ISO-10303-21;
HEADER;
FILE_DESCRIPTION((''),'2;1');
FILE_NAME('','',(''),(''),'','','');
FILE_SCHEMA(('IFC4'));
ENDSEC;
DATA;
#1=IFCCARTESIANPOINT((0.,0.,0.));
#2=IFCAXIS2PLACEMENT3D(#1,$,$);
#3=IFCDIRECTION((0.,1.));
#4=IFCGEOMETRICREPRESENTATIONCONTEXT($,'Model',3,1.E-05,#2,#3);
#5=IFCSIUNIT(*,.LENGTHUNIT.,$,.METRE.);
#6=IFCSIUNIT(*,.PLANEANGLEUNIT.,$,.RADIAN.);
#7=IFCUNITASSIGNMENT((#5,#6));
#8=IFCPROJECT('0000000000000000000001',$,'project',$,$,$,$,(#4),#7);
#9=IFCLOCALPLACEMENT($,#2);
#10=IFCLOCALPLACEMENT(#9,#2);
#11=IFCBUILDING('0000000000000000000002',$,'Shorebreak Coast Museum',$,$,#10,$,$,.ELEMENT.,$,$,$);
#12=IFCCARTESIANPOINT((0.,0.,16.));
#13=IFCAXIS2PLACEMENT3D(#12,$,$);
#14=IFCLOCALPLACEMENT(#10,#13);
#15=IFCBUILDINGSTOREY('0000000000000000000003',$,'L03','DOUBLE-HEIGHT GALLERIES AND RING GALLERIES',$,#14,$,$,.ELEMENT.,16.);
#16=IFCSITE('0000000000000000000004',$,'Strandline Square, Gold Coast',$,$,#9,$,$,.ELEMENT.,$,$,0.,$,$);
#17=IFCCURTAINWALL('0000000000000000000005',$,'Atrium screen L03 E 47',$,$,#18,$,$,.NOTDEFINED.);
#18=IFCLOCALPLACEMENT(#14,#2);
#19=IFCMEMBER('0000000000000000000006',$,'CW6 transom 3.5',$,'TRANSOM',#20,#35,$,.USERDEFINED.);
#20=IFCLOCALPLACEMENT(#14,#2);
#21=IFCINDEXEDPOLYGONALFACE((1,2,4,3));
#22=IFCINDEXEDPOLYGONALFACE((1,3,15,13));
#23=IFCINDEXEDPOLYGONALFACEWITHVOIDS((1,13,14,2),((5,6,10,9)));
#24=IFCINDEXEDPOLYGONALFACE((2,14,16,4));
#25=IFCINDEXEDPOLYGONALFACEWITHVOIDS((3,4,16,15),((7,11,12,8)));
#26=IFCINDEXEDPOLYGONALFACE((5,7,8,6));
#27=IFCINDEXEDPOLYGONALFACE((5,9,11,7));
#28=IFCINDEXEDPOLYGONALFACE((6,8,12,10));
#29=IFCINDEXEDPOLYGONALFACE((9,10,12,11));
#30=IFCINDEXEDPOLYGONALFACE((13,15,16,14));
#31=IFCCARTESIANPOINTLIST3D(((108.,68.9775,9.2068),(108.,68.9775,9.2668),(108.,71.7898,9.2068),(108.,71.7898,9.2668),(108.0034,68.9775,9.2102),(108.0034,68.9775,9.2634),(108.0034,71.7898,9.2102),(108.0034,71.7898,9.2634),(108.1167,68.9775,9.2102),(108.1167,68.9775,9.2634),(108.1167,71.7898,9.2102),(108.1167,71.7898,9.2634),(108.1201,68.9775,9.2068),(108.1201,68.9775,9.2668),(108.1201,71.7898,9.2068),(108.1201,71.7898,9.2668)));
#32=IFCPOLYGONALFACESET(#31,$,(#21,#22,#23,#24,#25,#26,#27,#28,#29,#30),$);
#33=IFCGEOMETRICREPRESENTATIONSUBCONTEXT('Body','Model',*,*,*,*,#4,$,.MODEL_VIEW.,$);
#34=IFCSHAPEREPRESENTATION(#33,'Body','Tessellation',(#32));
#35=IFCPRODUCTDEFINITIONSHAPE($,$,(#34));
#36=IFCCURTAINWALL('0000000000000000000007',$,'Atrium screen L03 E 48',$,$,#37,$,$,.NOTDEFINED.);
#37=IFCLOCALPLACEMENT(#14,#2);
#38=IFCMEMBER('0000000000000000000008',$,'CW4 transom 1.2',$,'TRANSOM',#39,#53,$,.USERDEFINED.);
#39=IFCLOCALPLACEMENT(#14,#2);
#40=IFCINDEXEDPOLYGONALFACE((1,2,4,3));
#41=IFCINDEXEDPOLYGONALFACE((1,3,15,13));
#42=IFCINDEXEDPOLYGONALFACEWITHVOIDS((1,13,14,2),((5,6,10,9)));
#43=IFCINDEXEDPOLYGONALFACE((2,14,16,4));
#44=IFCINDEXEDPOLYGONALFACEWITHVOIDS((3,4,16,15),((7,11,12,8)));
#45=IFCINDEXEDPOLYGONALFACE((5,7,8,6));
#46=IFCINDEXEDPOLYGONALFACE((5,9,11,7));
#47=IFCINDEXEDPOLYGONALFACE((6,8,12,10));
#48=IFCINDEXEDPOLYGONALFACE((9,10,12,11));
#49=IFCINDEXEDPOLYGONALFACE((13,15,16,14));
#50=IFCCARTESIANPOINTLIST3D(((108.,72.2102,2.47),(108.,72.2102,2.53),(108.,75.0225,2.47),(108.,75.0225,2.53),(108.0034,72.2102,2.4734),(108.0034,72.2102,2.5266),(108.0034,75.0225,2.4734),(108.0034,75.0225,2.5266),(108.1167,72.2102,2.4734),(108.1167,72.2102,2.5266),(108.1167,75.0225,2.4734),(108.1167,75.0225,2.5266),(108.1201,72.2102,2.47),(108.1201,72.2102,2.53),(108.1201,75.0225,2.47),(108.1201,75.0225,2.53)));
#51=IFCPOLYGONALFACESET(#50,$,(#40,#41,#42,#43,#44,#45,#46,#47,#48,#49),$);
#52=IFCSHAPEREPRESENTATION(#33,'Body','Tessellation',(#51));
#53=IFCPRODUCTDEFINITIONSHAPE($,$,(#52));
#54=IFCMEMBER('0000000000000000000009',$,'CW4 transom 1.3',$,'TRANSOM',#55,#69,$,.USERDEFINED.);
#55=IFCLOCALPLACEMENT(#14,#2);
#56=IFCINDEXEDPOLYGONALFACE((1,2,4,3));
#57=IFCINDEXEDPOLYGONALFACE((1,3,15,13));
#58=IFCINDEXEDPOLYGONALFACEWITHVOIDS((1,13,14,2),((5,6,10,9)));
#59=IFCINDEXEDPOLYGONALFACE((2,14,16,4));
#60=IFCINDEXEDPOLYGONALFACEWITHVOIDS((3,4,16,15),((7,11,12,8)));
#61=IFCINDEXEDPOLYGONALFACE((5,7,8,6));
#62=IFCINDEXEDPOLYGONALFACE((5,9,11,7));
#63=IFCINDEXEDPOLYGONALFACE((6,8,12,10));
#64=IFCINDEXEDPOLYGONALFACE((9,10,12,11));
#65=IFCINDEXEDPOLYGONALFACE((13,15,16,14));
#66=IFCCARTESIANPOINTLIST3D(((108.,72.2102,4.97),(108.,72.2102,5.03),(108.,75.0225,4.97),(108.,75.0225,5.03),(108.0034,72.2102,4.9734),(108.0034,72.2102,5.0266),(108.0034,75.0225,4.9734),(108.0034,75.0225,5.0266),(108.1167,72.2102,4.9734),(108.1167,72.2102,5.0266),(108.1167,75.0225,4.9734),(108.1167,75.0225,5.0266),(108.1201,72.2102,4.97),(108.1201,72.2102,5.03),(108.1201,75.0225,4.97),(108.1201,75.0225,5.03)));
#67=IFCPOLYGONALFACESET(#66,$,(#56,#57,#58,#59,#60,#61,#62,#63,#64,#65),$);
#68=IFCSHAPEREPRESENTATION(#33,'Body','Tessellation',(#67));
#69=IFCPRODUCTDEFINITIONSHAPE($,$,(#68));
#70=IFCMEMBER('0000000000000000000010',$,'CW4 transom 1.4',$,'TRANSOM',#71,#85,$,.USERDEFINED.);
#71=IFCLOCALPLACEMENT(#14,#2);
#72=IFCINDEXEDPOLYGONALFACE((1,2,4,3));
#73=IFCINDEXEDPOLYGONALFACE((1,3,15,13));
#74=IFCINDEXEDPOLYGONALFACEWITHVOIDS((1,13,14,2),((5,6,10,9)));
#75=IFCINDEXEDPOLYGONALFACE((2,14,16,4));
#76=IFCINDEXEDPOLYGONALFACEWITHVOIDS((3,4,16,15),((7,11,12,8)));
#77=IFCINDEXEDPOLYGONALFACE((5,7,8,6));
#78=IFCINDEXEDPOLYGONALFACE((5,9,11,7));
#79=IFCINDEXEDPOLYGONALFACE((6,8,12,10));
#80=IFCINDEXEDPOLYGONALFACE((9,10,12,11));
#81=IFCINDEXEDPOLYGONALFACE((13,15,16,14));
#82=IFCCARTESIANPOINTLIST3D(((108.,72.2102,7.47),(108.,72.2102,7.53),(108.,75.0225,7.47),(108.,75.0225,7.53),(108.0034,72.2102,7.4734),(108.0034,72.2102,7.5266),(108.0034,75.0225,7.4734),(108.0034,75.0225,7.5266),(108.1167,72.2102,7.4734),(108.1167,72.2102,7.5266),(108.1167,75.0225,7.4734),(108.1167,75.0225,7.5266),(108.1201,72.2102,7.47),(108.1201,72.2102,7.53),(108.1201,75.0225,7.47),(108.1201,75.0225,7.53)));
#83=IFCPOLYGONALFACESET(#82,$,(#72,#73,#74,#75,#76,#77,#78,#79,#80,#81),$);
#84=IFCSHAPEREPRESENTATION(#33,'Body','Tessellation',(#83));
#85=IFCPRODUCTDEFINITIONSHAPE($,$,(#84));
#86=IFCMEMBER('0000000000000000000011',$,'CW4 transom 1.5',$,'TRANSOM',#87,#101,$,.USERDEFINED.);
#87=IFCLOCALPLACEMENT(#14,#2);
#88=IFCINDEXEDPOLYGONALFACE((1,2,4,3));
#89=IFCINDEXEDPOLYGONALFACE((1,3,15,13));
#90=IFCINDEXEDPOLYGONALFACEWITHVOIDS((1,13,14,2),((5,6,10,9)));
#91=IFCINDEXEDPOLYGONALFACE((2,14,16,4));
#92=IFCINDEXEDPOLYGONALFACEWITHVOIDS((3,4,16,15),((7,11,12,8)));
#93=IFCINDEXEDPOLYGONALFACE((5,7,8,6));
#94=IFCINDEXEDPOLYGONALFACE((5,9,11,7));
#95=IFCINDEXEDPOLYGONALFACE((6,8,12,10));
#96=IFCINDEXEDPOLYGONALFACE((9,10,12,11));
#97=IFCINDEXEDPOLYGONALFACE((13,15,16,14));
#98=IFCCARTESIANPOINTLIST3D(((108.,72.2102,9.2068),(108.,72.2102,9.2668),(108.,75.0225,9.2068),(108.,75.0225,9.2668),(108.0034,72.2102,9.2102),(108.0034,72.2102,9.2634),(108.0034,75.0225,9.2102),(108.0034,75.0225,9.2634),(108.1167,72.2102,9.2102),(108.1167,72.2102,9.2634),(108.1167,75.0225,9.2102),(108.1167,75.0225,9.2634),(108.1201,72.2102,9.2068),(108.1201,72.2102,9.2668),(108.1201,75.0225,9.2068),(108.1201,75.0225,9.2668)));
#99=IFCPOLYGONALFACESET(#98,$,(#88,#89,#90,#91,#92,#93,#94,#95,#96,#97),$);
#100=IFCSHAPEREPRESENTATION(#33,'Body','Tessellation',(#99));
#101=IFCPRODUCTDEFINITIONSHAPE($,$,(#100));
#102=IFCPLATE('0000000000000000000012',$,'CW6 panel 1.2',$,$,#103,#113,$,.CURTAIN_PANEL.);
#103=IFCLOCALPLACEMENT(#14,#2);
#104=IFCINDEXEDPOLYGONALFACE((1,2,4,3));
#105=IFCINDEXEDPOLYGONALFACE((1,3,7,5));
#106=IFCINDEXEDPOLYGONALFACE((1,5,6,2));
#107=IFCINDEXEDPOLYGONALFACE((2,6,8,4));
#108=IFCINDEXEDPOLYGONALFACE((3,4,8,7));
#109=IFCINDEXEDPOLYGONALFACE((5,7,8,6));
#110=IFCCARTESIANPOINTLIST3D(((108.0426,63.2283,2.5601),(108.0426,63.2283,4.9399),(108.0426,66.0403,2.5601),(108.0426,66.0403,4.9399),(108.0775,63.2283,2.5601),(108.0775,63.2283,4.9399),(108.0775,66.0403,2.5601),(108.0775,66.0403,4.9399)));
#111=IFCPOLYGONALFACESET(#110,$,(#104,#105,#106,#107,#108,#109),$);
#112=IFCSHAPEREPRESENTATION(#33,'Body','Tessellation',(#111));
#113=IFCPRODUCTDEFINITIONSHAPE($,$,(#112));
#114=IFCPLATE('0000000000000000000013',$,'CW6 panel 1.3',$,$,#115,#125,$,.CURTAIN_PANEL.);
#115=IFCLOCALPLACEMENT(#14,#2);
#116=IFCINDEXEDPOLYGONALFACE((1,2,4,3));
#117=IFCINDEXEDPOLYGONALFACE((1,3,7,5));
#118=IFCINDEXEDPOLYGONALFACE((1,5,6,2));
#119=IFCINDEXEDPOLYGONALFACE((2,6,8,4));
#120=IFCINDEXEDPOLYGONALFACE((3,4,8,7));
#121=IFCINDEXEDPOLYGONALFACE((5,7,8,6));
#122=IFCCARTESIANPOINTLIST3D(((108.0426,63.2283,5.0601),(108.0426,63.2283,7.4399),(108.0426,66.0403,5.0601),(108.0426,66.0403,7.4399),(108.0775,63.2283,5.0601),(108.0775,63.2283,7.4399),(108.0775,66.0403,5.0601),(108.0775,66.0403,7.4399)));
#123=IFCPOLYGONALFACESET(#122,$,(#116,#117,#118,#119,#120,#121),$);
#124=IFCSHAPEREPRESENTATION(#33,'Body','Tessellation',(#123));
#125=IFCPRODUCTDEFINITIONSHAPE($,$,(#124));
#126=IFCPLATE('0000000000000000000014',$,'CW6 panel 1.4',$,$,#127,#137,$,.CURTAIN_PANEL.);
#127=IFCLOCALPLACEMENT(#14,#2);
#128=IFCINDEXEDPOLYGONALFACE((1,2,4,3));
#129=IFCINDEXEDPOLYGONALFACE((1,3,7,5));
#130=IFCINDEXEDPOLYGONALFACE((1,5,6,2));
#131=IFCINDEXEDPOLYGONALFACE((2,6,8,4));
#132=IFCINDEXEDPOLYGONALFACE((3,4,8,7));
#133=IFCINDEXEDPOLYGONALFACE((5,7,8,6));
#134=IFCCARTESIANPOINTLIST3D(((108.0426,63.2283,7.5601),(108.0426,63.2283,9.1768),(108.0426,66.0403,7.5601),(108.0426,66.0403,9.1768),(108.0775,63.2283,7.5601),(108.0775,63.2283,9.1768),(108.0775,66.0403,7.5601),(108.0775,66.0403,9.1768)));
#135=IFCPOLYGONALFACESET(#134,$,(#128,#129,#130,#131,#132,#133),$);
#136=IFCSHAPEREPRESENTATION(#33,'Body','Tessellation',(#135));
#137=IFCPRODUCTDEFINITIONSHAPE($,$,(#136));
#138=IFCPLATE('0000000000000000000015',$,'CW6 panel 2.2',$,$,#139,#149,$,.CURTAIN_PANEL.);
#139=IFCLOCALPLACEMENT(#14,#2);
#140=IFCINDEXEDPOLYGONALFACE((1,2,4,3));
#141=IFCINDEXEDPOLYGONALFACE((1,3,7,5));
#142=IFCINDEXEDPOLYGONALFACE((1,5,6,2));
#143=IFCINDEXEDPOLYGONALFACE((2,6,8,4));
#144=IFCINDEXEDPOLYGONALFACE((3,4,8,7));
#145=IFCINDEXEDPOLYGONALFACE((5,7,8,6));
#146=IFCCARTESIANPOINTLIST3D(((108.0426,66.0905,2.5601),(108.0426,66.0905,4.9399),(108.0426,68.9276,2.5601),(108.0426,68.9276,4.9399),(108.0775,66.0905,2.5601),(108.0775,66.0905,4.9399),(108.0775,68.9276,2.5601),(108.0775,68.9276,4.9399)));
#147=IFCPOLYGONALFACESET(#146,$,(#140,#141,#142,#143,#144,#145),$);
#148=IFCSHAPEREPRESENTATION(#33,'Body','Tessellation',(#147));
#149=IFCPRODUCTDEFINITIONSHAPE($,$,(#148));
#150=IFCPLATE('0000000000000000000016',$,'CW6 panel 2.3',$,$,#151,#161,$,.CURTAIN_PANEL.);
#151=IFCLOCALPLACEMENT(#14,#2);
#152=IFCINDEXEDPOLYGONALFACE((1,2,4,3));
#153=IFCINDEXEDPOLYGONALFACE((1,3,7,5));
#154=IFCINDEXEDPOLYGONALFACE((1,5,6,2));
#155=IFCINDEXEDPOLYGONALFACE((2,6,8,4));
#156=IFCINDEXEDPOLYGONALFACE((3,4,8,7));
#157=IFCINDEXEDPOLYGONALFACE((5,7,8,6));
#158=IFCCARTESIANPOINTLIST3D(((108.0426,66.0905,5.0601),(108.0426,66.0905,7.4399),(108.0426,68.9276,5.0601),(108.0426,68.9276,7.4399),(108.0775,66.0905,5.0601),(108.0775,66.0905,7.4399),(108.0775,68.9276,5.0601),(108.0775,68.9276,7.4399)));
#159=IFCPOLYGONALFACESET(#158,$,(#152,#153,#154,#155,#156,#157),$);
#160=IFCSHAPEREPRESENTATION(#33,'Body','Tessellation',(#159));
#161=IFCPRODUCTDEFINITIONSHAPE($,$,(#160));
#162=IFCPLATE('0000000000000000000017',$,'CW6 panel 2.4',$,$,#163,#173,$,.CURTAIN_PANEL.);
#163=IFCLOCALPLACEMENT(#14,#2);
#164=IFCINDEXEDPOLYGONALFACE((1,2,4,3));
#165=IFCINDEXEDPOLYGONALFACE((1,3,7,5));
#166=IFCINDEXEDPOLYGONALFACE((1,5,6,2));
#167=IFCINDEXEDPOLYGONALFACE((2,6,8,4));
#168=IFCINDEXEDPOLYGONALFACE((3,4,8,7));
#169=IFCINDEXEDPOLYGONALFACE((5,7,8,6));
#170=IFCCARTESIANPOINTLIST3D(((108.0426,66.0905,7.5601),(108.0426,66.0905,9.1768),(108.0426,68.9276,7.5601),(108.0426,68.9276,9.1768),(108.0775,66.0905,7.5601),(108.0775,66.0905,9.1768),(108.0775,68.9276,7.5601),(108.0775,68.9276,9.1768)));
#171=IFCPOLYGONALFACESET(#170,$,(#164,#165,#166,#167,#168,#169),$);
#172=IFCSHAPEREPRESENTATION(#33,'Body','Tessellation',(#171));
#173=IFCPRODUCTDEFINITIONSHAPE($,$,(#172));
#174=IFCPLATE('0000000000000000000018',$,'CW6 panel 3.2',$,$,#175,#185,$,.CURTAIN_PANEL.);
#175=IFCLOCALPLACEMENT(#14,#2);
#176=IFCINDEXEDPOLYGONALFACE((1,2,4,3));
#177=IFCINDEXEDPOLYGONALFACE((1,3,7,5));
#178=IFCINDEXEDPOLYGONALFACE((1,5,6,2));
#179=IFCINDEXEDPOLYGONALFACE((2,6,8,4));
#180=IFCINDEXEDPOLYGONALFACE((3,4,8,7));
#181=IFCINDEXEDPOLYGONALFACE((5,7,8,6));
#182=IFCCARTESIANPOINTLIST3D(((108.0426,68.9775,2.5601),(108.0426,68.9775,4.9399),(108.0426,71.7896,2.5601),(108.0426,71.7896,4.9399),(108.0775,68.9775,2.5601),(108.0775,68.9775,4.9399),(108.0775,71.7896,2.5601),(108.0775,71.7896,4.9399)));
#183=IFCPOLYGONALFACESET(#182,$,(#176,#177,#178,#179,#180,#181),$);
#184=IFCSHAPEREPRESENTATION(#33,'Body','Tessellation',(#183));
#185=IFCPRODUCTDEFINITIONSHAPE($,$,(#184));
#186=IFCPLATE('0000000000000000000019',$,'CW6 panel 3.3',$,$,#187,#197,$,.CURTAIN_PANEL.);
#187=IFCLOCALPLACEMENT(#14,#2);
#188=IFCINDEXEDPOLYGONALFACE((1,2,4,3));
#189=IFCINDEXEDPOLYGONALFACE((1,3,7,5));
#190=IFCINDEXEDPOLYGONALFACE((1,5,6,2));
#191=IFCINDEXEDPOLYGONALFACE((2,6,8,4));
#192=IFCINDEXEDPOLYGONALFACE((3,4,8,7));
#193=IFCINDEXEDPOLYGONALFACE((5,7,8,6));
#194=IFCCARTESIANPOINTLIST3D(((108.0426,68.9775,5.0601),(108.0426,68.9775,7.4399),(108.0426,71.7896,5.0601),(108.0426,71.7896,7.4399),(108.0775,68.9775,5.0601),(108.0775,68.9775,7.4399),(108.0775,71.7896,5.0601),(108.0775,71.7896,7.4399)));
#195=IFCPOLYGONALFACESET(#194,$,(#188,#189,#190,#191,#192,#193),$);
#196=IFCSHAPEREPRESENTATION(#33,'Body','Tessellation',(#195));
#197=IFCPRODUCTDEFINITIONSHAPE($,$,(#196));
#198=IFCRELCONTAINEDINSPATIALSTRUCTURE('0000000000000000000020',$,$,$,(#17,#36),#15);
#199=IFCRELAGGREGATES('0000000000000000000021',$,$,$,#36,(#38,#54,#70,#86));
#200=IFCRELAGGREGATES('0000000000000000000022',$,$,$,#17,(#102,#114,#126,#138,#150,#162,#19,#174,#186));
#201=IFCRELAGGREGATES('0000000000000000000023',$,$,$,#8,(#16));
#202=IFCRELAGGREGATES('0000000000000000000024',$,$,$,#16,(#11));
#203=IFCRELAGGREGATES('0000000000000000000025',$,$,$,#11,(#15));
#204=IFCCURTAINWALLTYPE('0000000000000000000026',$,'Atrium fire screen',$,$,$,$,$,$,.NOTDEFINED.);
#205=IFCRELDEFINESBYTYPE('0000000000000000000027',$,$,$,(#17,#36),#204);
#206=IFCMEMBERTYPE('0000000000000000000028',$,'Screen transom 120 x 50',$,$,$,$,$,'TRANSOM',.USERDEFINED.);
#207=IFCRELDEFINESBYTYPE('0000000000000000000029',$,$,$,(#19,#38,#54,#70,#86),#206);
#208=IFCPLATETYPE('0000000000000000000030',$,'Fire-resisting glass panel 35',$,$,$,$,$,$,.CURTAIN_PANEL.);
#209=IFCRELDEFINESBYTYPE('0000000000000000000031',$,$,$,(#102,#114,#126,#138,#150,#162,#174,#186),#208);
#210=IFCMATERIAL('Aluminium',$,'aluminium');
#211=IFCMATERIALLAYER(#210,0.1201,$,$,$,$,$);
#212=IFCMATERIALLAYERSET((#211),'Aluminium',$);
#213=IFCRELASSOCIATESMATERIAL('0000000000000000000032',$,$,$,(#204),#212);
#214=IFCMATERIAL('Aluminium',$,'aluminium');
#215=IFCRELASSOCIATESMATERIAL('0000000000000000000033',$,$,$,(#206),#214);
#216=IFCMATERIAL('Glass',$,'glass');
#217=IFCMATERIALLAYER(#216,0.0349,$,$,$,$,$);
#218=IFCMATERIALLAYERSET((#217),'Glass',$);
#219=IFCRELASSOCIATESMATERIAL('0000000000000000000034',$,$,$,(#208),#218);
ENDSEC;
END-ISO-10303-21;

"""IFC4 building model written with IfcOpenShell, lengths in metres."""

from ifc_helpers import new_model, si_unit, direction, frame, origin, origin_2d, place, context, subcontext, project, spatial, rectangle, hollow_rectangle, extrude, material, layer, layer_set, material_profile, profile_set, type_object, element, aggregate, save


model = new_model("IFC4")

# Units and contexts
model_context = context("Model", 3, precision=1e-05, world=origin(), true_north=direction((0.0, 1.0)))
body_context = subcontext(model_context, "Body", "Model", "MODEL_VIEW")
ifc_project = project(units=[si_unit("LENGTHUNIT", "METRE"), si_unit("PLANEANGLEUNIT", "RADIAN")], contexts=[model_context])

# Site, building, storey
site_placement = place(None, origin())
site = spatial("IfcSite", under=ifc_project, at=site_placement, Name="Strandline Square, Gold Coast", CompositionType="ELEMENT", RefElevation=0.0)
building_placement = place(site_placement, origin())
building = spatial("IfcBuilding", under=site, at=building_placement, Name="Shorebreak Coast Museum", CompositionType="ELEMENT")
storey_placement = place(building_placement, frame((0.0, 0.0, 16.0)))
storey = spatial("IfcBuildingStorey", under=building, at=storey_placement, Name="L03", Description="DOUBLE-HEIGHT GALLERIES AND RING GALLERIES", CompositionType="ELEMENT", Elevation=16.0)

# Curtain walls, members
ifc_material_1 = material(Name="Aluminium", Category="aluminium")
ifc_layer_1 = layer(ifc_material_1, 0.1201)
ifc_layer_set_1 = layer_set([ifc_layer_1], Name="Aluminium")
curtain_wall_type = type_object("IfcCurtainWallType", Name="Atrium fire screen", PredefinedType="NOTDEFINED", material=ifc_layer_set_1)
curtain_wall_1_placement = place(storey_placement, origin())
curtain_wall_1 = element("IfcCurtainWall", 1, at=curtain_wall_1_placement, inside=storey, type_object=curtain_wall_type, Name="Atrium screen L03 E 47", PredefinedType="NOTDEFINED")
ifc_material_2 = material(Name="Aluminium", Category="aluminium")
ifc_material_profile_1 = material_profile(ifc_material_2, hollow_rectangle(XDim=0.1201, YDim=0.0601, WallThickness=0.0034, at=origin_2d()), Name="AL 60x120 RHS")
ifc_profile_set_1 = profile_set([ifc_material_profile_1], Name="Aluminium")
member_type_1 = type_object("IfcMemberType", Name="Screen transom 120 x 50", ElementType="TRANSOM", PredefinedType="USERDEFINED", material=ifc_profile_set_1)
member_1_placement = place(storey_placement, frame((108.0601, 68.9775, 9.2368), z_axis=(0.0, 1.0, 0.0), x_axis=(-1.0, 0.0, 0.0)))
member_1 = element("IfcMember", 2, at=member_1_placement, type_object=member_type_1, Name="CW6 transom 3.5", ObjectType="TRANSOM", PredefinedType="USERDEFINED", context=body_context, shape_type="SweptSolid", body=[
    extrude(hollow_rectangle(XDim=0.1201, YDim=0.0601, WallThickness=0.0034, at=origin_2d()), origin(), (0.0, 0.0, 1.0), 2.8123),
])
curtain_wall_2_placement = place(storey_placement, origin())
curtain_wall_2 = element("IfcCurtainWall", 3, at=curtain_wall_2_placement, inside=storey, type_object=curtain_wall_type, Name="Atrium screen L03 E 48", PredefinedType="NOTDEFINED")
member_2_placement = place(storey_placement, frame((108.0601, 72.2102, 2.5), z_axis=(0.0, 1.0, 0.0), x_axis=(-1.0, 0.0, 0.0)))
member_2 = element("IfcMember", 4, at=member_2_placement, type_object=member_type_1, Name="CW4 transom 1.2", ObjectType="TRANSOM", PredefinedType="USERDEFINED", context=body_context, shape_type="SweptSolid", body=[
    extrude(hollow_rectangle(XDim=0.1201, YDim=0.0601, WallThickness=0.0034, at=origin_2d()), origin(), (0.0, 0.0, 1.0), 2.8123),
])
member_3_placement = place(storey_placement, frame((108.0601, 72.2102, 5.0), z_axis=(0.0, 1.0, 0.0), x_axis=(-1.0, 0.0, 0.0)))
member_3 = element("IfcMember", 5, at=member_3_placement, type_object=member_type_1, Name="CW4 transom 1.3", ObjectType="TRANSOM", PredefinedType="USERDEFINED", context=body_context, shape_type="SweptSolid", body=[
    extrude(hollow_rectangle(XDim=0.1201, YDim=0.0601, WallThickness=0.0034, at=origin_2d()), origin(), (0.0, 0.0, 1.0), 2.8123),
])
member_4_placement = place(storey_placement, frame((108.0601, 72.2102, 7.5), z_axis=(0.0, 1.0, 0.0), x_axis=(-1.0, 0.0, 0.0)))
member_4 = element("IfcMember", 6, at=member_4_placement, type_object=member_type_1, Name="CW4 transom 1.4", ObjectType="TRANSOM", PredefinedType="USERDEFINED", context=body_context, shape_type="SweptSolid", body=[
    extrude(hollow_rectangle(XDim=0.1201, YDim=0.0601, WallThickness=0.0034, at=origin_2d()), origin(), (0.0, 0.0, 1.0), 2.8123),
])
member_5_placement = place(storey_placement, frame((108.0601, 72.2102, 9.2368), z_axis=(0.0, 1.0, 0.0), x_axis=(-1.0, 0.0, 0.0)))
member_5 = element("IfcMember", 7, at=member_5_placement, type_object=member_type_1, Name="CW4 transom 1.5", ObjectType="TRANSOM", PredefinedType="USERDEFINED", context=body_context, shape_type="SweptSolid", body=[
    extrude(hollow_rectangle(XDim=0.1201, YDim=0.0601, WallThickness=0.0034, at=origin_2d()), origin(), (0.0, 0.0, 1.0), 2.8123),
])
aggregate(curtain_wall_2, [member_2, member_3, member_4, member_5])

# Plates
ifc_material_3 = material(Name="Glass", Category="glass")
ifc_layer_2 = layer(ifc_material_3, 0.0349)
ifc_layer_set_2 = layer_set([ifc_layer_2], Name="Glass")
plate_type = type_object("IfcPlateType", Name="Fire-resisting glass panel 35", PredefinedType="CURTAIN_PANEL", material=ifc_layer_set_2)
plate_1_placement = place(storey_placement, frame((108.0601, 64.6343, 2.5601), z_axis=(0.0, 0.0, 1.0), x_axis=(0.0, 1.0, 0.0)))
plate_1 = element("IfcPlate", 8, at=plate_1_placement, type_object=plate_type, Name="CW6 panel 1.2", PredefinedType="CURTAIN_PANEL", context=body_context, shape_type="SweptSolid", body=[
    extrude(rectangle(XDim=2.812, YDim=0.0349, at=origin_2d()), origin(), (0.0, 0.0, 1.0), 2.3799),
])
plate_2_placement = place(storey_placement, frame((108.0601, 64.6343, 5.0601), z_axis=(0.0, 0.0, 1.0), x_axis=(0.0, 1.0, 0.0)))
plate_2 = element("IfcPlate", 9, at=plate_2_placement, type_object=plate_type, Name="CW6 panel 1.3", PredefinedType="CURTAIN_PANEL", context=body_context, shape_type="SweptSolid", body=[
    extrude(rectangle(XDim=2.812, YDim=0.0349, at=origin_2d()), origin(), (0.0, 0.0, 1.0), 2.3799),
])
plate_3_placement = place(storey_placement, frame((108.0601, 64.6343, 7.5601), z_axis=(0.0, 0.0, 1.0), x_axis=(0.0, 1.0, 0.0)))
plate_3 = element("IfcPlate", 10, at=plate_3_placement, type_object=plate_type, Name="CW6 panel 1.4", PredefinedType="CURTAIN_PANEL", context=body_context, shape_type="SweptSolid", body=[
    extrude(rectangle(XDim=2.812, YDim=0.0349, at=origin_2d()), origin(), (0.0, 0.0, 1.0), 1.6167),
])
plate_4_placement = place(storey_placement, frame((108.0601, 67.509, 2.5601), z_axis=(0.0, 0.0, 1.0), x_axis=(0.0, 1.0, 0.0)))
plate_4 = element("IfcPlate", 11, at=plate_4_placement, type_object=plate_type, Name="CW6 panel 2.2", PredefinedType="CURTAIN_PANEL", context=body_context, shape_type="SweptSolid", body=[
    extrude(rectangle(XDim=2.8372, YDim=0.0349, at=origin_2d()), origin(), (0.0, 0.0, 1.0), 2.3799),
])
plate_5_placement = place(storey_placement, frame((108.0601, 67.509, 5.0601), z_axis=(0.0, 0.0, 1.0), x_axis=(0.0, 1.0, 0.0)))
plate_5 = element("IfcPlate", 12, at=plate_5_placement, type_object=plate_type, Name="CW6 panel 2.3", PredefinedType="CURTAIN_PANEL", context=body_context, shape_type="SweptSolid", body=[
    extrude(rectangle(XDim=2.8372, YDim=0.0349, at=origin_2d()), origin(), (0.0, 0.0, 1.0), 2.3799),
])
plate_6_placement = place(storey_placement, frame((108.0601, 67.509, 7.5601), z_axis=(0.0, 0.0, 1.0), x_axis=(0.0, 1.0, 0.0)))
plate_6 = element("IfcPlate", 13, at=plate_6_placement, type_object=plate_type, Name="CW6 panel 2.4", PredefinedType="CURTAIN_PANEL", context=body_context, shape_type="SweptSolid", body=[
    extrude(rectangle(XDim=2.8372, YDim=0.0349, at=origin_2d()), origin(), (0.0, 0.0, 1.0), 1.6167),
])
plate_7_placement = place(storey_placement, frame((108.0601, 70.3835, 2.5601), z_axis=(0.0, 0.0, 1.0), x_axis=(0.0, 1.0, 0.0)))
plate_7 = element("IfcPlate", 14, at=plate_7_placement, type_object=plate_type, Name="CW6 panel 3.2", PredefinedType="CURTAIN_PANEL", context=body_context, shape_type="SweptSolid", body=[
    extrude(rectangle(XDim=2.812, YDim=0.0349, at=origin_2d()), origin(), (0.0, 0.0, 1.0), 2.3799),
])
plate_8_placement = place(storey_placement, frame((108.0601, 70.3835, 5.0601), z_axis=(0.0, 0.0, 1.0), x_axis=(0.0, 1.0, 0.0)))
plate_8 = element("IfcPlate", 15, at=plate_8_placement, type_object=plate_type, Name="CW6 panel 3.3", PredefinedType="CURTAIN_PANEL", context=body_context, shape_type="SweptSolid", body=[
    extrude(rectangle(XDim=2.812, YDim=0.0349, at=origin_2d()), origin(), (0.0, 0.0, 1.0), 2.3799),
])
aggregate(curtain_wall_1, [plate_1, plate_2, plate_3, plate_4, plate_5, plate_6, member_1, plate_7, plate_8])

save(model, "model.ifc")
